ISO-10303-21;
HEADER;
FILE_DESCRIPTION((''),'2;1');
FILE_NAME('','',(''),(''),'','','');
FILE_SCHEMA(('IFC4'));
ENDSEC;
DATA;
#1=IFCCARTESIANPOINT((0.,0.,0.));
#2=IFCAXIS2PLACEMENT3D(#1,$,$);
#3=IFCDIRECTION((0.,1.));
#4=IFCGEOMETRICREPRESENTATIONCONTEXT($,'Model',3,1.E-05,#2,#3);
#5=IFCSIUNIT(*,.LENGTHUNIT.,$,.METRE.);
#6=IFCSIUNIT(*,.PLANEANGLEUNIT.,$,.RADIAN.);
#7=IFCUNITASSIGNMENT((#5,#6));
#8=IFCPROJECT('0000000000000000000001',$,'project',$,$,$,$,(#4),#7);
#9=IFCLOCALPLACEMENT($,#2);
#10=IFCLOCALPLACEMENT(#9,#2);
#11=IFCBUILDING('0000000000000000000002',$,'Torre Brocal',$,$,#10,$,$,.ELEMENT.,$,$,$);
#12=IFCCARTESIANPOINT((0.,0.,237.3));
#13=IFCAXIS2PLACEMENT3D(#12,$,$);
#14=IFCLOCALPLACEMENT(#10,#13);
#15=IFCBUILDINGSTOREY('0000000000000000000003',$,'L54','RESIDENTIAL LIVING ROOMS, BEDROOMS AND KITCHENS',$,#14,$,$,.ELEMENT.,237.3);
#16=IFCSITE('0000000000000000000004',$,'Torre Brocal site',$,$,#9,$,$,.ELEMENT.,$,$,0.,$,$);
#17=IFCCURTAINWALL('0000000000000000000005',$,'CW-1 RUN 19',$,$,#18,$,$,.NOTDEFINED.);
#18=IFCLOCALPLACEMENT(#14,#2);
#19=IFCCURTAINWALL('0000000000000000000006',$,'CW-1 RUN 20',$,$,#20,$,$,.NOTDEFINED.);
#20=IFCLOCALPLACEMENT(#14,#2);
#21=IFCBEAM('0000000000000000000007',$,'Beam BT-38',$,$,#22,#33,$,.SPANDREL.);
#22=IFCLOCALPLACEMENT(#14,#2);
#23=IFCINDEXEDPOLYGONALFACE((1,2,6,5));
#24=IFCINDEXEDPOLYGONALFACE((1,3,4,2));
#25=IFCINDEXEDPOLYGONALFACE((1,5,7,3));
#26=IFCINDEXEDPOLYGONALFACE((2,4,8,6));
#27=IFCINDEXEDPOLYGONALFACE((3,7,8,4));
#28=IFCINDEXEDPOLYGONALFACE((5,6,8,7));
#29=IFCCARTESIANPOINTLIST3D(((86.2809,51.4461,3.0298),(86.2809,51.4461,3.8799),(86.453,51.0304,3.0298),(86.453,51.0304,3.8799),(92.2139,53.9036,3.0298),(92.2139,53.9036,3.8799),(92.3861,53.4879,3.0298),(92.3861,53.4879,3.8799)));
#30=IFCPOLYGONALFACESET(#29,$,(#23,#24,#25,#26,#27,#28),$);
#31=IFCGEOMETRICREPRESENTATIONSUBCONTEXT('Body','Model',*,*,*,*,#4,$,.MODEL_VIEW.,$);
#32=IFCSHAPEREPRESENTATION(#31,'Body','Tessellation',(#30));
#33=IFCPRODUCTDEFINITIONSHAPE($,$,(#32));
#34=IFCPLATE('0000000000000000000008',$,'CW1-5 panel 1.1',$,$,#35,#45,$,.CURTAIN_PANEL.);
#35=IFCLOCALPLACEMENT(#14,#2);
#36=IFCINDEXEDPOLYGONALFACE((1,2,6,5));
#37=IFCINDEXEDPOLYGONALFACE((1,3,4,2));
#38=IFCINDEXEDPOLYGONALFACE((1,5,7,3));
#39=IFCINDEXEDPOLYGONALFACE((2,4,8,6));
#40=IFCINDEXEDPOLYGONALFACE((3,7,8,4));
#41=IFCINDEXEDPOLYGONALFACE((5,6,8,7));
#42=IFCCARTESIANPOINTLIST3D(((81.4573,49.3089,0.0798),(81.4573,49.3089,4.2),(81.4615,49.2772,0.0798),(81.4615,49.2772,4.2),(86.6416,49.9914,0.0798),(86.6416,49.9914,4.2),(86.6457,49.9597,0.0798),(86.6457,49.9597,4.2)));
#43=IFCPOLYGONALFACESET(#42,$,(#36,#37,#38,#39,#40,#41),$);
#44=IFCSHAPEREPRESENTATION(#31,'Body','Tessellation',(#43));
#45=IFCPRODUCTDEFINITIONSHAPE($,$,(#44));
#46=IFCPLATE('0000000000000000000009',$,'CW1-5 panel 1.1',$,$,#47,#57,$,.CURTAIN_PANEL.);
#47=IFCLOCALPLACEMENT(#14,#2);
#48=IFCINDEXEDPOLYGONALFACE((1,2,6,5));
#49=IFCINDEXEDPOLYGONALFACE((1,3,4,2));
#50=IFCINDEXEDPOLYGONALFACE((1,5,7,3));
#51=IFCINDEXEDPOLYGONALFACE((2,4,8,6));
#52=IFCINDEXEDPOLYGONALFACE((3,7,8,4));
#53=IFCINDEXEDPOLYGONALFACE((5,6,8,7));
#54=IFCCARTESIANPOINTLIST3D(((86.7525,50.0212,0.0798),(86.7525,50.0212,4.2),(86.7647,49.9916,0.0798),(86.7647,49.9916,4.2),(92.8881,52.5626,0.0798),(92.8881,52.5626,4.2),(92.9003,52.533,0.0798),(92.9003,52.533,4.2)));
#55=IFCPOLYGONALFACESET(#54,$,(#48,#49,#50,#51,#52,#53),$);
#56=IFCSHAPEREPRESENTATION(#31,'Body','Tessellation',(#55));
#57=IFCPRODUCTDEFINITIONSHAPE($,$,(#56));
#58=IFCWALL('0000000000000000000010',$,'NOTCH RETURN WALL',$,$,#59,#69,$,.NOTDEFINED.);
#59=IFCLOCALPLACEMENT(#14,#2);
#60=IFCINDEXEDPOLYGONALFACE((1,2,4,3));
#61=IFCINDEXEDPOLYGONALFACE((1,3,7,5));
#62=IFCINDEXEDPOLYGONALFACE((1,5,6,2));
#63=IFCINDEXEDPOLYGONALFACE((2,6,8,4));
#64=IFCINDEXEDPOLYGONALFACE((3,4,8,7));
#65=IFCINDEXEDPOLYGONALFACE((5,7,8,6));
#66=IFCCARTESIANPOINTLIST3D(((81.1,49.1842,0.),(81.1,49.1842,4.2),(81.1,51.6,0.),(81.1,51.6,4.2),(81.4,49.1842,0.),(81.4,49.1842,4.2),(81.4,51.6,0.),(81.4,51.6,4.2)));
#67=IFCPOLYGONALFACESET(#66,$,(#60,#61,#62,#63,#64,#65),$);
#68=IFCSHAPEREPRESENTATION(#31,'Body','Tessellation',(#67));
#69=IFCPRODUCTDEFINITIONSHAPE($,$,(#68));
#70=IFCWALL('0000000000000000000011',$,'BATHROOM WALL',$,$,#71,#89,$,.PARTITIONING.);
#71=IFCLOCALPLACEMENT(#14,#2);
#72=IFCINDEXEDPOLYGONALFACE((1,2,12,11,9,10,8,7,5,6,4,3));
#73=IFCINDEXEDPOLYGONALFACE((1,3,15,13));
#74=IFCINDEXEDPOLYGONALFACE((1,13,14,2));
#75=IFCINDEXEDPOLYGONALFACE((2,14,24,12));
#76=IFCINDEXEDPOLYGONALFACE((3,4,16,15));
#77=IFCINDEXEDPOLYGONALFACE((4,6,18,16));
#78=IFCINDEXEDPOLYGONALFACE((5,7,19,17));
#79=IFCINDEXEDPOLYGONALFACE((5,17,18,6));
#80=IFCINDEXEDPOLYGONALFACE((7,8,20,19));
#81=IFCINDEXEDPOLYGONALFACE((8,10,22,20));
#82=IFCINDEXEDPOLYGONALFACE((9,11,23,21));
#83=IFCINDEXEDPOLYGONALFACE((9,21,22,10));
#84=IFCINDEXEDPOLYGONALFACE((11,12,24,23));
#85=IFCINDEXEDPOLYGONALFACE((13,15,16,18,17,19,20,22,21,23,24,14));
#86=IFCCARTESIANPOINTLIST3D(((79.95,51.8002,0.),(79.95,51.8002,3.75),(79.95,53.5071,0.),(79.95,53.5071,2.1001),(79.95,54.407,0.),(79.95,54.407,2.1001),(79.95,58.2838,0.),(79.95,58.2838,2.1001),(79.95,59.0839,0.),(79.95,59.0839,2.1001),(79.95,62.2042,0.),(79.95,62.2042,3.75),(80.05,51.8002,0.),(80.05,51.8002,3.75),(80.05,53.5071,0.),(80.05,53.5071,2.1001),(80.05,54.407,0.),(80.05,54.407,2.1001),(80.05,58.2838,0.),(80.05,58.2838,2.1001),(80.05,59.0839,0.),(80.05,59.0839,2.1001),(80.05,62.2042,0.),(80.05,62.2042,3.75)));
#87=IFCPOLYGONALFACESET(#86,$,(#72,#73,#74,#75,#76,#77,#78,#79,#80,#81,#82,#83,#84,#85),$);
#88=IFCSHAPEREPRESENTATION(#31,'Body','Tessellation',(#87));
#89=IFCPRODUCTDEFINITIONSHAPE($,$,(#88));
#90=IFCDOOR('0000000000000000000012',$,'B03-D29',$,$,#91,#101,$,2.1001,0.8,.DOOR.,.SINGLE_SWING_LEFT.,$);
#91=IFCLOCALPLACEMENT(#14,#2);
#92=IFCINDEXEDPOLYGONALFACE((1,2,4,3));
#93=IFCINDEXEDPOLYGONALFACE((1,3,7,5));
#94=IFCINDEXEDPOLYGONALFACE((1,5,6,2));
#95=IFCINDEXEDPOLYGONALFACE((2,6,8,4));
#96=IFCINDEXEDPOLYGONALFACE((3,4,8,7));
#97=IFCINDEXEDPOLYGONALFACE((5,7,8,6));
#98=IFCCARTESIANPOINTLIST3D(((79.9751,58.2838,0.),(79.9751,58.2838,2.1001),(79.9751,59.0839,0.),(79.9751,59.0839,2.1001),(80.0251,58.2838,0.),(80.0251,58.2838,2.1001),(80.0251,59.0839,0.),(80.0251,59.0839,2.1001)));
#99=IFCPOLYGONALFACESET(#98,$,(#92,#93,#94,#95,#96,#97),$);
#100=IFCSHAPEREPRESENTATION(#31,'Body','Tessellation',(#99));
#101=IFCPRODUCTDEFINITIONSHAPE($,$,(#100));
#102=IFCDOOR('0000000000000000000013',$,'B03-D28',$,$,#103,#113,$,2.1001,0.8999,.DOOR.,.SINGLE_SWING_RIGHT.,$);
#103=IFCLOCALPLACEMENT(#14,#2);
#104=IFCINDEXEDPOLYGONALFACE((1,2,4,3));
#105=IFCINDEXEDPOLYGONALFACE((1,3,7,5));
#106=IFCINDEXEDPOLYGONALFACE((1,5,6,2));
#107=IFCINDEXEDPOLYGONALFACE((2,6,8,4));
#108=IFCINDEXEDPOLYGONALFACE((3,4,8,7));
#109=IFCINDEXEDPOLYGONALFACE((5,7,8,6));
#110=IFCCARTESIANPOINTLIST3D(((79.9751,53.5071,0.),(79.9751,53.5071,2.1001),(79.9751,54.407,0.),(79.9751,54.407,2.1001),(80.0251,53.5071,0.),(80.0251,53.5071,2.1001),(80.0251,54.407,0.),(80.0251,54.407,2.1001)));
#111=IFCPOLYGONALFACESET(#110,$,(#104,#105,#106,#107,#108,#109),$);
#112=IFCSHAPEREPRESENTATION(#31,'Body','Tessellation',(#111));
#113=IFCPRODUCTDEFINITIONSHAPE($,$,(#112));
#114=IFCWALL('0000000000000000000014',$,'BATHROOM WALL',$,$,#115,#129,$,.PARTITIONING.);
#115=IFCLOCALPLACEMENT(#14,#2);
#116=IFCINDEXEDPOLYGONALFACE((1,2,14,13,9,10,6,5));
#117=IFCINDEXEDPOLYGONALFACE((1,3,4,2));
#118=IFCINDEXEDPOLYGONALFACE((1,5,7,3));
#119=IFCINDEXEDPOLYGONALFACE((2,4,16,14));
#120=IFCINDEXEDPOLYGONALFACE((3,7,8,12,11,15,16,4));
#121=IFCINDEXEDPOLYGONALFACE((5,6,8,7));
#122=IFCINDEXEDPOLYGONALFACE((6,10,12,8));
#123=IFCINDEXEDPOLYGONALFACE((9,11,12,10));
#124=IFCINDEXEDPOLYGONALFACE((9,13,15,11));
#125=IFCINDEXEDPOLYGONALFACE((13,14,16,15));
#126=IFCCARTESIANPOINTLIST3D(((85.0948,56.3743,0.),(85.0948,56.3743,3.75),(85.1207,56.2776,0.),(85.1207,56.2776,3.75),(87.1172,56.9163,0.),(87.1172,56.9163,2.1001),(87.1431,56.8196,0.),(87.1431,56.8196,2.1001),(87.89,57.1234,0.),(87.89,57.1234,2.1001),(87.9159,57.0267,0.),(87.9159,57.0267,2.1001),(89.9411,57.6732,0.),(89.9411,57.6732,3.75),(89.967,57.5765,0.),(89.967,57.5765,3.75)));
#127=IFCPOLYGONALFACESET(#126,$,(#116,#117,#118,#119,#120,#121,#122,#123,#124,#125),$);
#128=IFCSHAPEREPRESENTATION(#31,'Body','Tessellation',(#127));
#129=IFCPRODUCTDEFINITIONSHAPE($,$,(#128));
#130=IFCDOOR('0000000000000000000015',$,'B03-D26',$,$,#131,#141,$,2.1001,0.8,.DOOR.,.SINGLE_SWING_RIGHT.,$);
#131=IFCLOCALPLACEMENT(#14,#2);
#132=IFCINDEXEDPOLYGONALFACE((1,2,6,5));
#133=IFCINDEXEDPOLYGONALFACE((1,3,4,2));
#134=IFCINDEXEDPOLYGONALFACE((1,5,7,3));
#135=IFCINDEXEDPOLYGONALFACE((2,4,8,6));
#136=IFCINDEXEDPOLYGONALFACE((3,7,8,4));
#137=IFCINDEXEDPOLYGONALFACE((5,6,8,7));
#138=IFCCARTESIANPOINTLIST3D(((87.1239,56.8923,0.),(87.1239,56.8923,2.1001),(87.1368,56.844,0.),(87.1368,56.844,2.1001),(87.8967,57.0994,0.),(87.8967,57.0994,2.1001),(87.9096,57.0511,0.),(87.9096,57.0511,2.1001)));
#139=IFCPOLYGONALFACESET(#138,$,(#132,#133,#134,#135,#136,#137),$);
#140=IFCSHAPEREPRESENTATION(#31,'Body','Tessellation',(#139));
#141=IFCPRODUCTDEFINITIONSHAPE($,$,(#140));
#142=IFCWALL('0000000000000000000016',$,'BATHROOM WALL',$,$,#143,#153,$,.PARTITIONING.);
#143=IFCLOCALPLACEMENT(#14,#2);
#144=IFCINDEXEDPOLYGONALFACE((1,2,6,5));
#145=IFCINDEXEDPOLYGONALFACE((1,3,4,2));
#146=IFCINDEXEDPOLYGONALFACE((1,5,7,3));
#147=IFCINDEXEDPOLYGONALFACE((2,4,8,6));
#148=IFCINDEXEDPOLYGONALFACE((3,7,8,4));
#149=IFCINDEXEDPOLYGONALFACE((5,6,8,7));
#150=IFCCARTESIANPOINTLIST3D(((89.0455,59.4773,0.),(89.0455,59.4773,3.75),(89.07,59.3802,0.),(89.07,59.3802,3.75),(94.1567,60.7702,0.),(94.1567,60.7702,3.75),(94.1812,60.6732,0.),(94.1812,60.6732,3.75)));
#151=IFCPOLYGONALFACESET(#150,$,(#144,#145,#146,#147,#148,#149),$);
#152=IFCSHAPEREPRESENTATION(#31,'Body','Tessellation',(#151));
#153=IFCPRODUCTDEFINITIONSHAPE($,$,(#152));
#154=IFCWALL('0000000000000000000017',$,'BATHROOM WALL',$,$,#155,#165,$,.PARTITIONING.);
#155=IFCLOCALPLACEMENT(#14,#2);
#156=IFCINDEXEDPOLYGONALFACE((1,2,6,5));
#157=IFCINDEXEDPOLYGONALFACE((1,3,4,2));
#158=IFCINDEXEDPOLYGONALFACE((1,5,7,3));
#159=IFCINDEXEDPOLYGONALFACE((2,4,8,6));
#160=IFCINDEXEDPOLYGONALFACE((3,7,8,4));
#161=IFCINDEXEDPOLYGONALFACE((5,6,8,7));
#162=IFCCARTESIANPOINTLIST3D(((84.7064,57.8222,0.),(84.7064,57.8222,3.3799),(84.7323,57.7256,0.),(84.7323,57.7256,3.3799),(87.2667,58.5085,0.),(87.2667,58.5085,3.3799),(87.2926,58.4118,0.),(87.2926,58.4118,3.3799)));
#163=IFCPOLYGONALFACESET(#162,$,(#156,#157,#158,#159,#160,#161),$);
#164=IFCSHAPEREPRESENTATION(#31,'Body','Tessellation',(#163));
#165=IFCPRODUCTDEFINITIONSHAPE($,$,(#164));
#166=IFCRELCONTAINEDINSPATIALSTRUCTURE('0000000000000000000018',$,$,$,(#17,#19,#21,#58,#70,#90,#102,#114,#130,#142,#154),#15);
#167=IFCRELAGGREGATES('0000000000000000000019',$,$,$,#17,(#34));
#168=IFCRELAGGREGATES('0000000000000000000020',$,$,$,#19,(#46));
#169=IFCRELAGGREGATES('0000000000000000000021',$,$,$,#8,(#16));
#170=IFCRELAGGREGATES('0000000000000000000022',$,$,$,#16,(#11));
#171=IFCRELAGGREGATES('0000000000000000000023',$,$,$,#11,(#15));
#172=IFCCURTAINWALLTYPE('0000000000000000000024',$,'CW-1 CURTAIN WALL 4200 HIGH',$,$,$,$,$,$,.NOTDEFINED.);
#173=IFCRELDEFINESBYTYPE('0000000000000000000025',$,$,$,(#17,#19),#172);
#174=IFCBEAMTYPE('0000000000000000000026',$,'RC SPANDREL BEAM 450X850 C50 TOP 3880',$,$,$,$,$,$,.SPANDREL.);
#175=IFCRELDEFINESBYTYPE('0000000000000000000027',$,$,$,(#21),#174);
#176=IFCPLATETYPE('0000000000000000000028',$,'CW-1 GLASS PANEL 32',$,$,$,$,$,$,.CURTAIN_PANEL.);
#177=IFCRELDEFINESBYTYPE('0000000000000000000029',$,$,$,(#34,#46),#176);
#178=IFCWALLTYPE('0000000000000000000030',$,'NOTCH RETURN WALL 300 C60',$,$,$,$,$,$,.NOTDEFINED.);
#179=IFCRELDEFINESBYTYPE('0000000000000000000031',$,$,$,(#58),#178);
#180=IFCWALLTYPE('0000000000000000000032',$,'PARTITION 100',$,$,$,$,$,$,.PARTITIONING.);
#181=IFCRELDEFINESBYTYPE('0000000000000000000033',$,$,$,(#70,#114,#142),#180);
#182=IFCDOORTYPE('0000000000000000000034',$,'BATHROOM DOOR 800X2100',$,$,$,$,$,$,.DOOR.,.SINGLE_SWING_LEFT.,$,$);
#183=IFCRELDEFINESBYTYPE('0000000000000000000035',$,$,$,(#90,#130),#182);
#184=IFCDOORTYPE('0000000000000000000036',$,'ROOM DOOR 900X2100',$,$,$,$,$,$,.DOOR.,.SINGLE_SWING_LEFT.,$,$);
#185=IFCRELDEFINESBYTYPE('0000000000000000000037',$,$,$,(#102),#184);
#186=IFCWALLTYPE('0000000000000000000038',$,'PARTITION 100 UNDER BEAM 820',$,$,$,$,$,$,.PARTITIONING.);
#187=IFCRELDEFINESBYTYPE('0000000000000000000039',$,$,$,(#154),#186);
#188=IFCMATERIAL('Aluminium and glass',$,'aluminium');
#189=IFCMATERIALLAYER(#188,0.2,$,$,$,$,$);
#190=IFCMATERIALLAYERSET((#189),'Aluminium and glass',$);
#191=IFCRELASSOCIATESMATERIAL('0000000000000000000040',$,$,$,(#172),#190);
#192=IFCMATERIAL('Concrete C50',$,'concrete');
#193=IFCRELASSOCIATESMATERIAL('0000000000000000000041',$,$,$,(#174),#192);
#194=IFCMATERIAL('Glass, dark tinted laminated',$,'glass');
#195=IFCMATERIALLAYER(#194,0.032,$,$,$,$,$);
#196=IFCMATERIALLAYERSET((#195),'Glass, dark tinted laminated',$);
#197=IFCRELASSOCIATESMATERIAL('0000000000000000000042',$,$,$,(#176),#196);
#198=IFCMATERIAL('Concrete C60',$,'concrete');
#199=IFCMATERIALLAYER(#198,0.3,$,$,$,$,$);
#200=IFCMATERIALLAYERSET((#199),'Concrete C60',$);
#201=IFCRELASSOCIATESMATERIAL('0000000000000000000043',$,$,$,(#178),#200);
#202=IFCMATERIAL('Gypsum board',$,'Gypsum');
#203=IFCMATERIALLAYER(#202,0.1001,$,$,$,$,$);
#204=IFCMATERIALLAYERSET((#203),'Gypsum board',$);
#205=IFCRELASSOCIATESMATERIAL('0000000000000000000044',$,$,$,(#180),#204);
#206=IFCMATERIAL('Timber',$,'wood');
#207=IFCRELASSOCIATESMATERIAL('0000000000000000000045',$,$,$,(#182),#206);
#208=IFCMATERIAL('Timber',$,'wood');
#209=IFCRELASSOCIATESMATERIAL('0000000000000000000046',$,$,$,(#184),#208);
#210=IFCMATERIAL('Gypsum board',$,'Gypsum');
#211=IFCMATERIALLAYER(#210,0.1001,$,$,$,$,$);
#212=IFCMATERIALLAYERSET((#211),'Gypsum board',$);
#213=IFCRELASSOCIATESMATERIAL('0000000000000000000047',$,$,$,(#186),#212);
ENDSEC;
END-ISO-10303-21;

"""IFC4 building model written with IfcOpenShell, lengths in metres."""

from ifc_helpers import new_model, si_unit, direction, frame, frame_2d, origin, origin_2d, place, context, subcontext, project, spatial, rectangle, extrude, material, layer, layer_set, material_profile, profile_set, type_object, element, fill, aggregate, save


model = new_model("IFC4")

# Units and contexts
model_context = context("Model", 3, precision=1e-05, world=origin(), true_north=direction((0.0, 1.0)))
body_context = subcontext(model_context, "Body", "Model", "MODEL_VIEW")
ifc_project = project(units=[si_unit("LENGTHUNIT", "METRE"), si_unit("PLANEANGLEUNIT", "RADIAN")], contexts=[model_context])

# Site, building, storey
site_placement = place(None, origin())
site = spatial("IfcSite", under=ifc_project, at=site_placement, Name="Torre Brocal site", CompositionType="ELEMENT", RefElevation=0.0)
building_placement = place(site_placement, origin())
building = spatial("IfcBuilding", under=site, at=building_placement, Name="Torre Brocal", CompositionType="ELEMENT")
storey_placement = place(building_placement, frame((0.0, 0.0, 237.3)))
storey = spatial("IfcBuildingStorey", under=building, at=storey_placement, Name="L54", Description="RESIDENTIAL LIVING ROOMS, BEDROOMS AND KITCHENS", CompositionType="ELEMENT", Elevation=237.3)

# Curtain wall
ifc_material_1 = material(Name="Aluminium and glass", Category="aluminium")
ifc_layer_1 = layer(ifc_material_1, 0.2)
ifc_layer_set_1 = layer_set([ifc_layer_1], Name="Aluminium and glass")
curtain_wall_type = type_object("IfcCurtainWallType", Name="CW-1 CURTAIN WALL 4200 HIGH", PredefinedType="NOTDEFINED", material=ifc_layer_set_1)
curtain_wall_1_placement = place(storey_placement, origin())
curtain_wall_1 = element("IfcCurtainWall", 1, at=curtain_wall_1_placement, inside=storey, type_object=curtain_wall_type, Name="CW-1 RUN 19", PredefinedType="NOTDEFINED")

# Curtain wall
curtain_wall_2_placement = place(storey_placement, origin())
curtain_wall_2 = element("IfcCurtainWall", 2, at=curtain_wall_2_placement, inside=storey, type_object=curtain_wall_type, Name="CW-1 RUN 20", PredefinedType="NOTDEFINED")

# Beam
ifc_material_2 = material(Name="Concrete C50", Category="concrete")
ifc_material_profile_1 = material_profile(ifc_material_2, rectangle(XDim=0.45, YDim=0.8501, at=origin_2d()), Name="RC 450X850")
ifc_profile_set_1 = profile_set([ifc_material_profile_1], Name="Concrete C50")
beam_type_1 = type_object("IfcBeamType", Name="RC SPANDREL BEAM 450X850 C50 TOP 3880", PredefinedType="SPANDREL", material=ifc_profile_set_1)
beam_1_placement = place(storey_placement, frame((86.3669, 51.2383, 3.4548), z_axis=(0.923882, 0.382676, 0.0), x_axis=(-0.382676, 0.923882, 0.0)))
element("IfcBeam", 3, at=beam_1_placement, inside=storey, type_object=beam_type_1, Name="Beam BT-38", PredefinedType="SPANDREL", context=body_context, shape_type="SweptSolid", body=[
    extrude(rectangle(XDim=0.45, YDim=0.8501, at=origin_2d()), origin(), (0.0, 0.0, 1.0), 6.4219),
])

# Plates
ifc_material_3 = material(Name="Glass, dark tinted laminated", Category="glass")
ifc_layer_2 = layer(ifc_material_3, 0.032)
ifc_layer_set_2 = layer_set([ifc_layer_2], Name="Glass, dark tinted laminated")
plate_type = type_object("IfcPlateType", Name="CW-1 GLASS PANEL 32", PredefinedType="CURTAIN_PANEL", material=ifc_layer_set_2)
plate_1_placement = place(storey_placement, frame((84.0515, 49.6343, 0.0798), z_axis=(0.0, 0.0, 1.0), x_axis=(0.991445, 0.130526, 0.0)))
plate_1 = element("IfcPlate", 4, at=plate_1_placement, type_object=plate_type, Name="CW1-5 panel 1.1", PredefinedType="CURTAIN_PANEL", context=body_context, shape_type="SweptSolid", body=[
    extrude(rectangle(XDim=5.229, YDim=0.032, at=origin_2d()), origin(), (0.0, 0.0, 1.0), 4.1201),
])
aggregate(curtain_wall_1, [plate_1])
plate_2_placement = place(storey_placement, frame((89.8264, 51.2771, 0.0798), z_axis=(0.0, 0.0, 1.0), x_axis=(0.92388, 0.382683, 0.0)))
plate_2 = element("IfcPlate", 5, at=plate_2_placement, type_object=plate_type, Name="CW1-5 panel 1.1", PredefinedType="CURTAIN_PANEL", context=body_context, shape_type="SweptSolid", body=[
    extrude(rectangle(XDim=6.6411, YDim=0.032, at=origin_2d()), origin(), (0.0, 0.0, 1.0), 4.1201),
])
aggregate(curtain_wall_2, [plate_2])

# Wall
ifc_material_4 = material(Name="Concrete C60", Category="concrete")
ifc_layer_3 = layer(ifc_material_4, 0.3)
ifc_layer_set_3 = layer_set([ifc_layer_3], Name="Concrete C60")
wall_type_1 = type_object("IfcWallType", Name="NOTCH RETURN WALL 300 C60", PredefinedType="NOTDEFINED", material=ifc_layer_set_3)
wall_1_placement = place(storey_placement, frame((81.25, 51.6001, 0.0), z_axis=(0.0, 0.0, 1.0), x_axis=(0.0, -1.0, 0.0)))
element("IfcWall", 6, at=wall_1_placement, inside=storey, type_object=wall_type_1, Name="NOTCH RETURN WALL", PredefinedType="NOTDEFINED", context=body_context, shape_type="SweptSolid", body=[
    extrude(rectangle(XDim=2.4158, YDim=0.3, at=frame_2d((1.208, 0.0))), origin(), (0.0, 0.0, 1.0), 4.2),
])

# Wall, openings, doors
ifc_material_5 = material(Name="Gypsum board", Category="Gypsum")
ifc_layer_4 = layer(ifc_material_5, 0.1001)
ifc_layer_set_4 = layer_set([ifc_layer_4], Name="Gypsum board")
wall_type_2 = type_object("IfcWallType", Name="PARTITION 100", PredefinedType="PARTITIONING", material=ifc_layer_set_4)
wall_2_placement = place(storey_placement, frame((80.0, 51.8, 0.0), z_axis=(0.0, 0.0, 1.0), x_axis=(0.0, 1.0, 0.0)))
wall_2 = element("IfcWall", 7, at=wall_2_placement, inside=storey, type_object=wall_type_2, Name="BATHROOM WALL", PredefinedType="PARTITIONING", context=body_context, shape_type="SweptSolid", body=[
    extrude(rectangle(XDim=10.4041, YDim=0.1001, at=frame_2d((5.2021, 0.0))), origin(), (0.0, 0.0, 1.0), 3.75),
])
opening_1_placement = place(wall_2_placement, frame((1.707, 0.0, 0.0)))
opening_1 = element("IfcOpeningElement", 8, at=opening_1_placement, cuts=wall_2, PredefinedType="OPENING", context=body_context, shape_type="SweptSolid", body=[
    extrude(rectangle(XDim=0.8999, YDim=2.1001, at=frame_2d((0.45, 1.05))), frame((0.0, 0.0601, 0.0), z_axis=(0.0, -1.0, 0.0), x_axis=(1.0, 0.0, 0.0)), (0.0, 0.0, 1.0), 0.1201),
])
opening_2_placement = place(wall_2_placement, frame((6.4839, 0.0, 0.0)))
opening_2 = element("IfcOpeningElement", 9, at=opening_2_placement, cuts=wall_2, PredefinedType="OPENING", context=body_context, shape_type="SweptSolid", body=[
    extrude(rectangle(XDim=0.8, YDim=2.1001, at=frame_2d((0.3999, 1.05))), frame((0.0, 0.0601, 0.0), z_axis=(0.0, -1.0, 0.0), x_axis=(1.0, 0.0, 0.0)), (0.0, 0.0, 1.0), 0.1201),
])
ifc_material_6 = material(Name="Timber", Category="wood")
door_type_1 = type_object("IfcDoorType", Name="BATHROOM DOOR 800X2100", OperationType="SINGLE_SWING_LEFT", PredefinedType="DOOR", material=ifc_material_6)
door_1_placement = place(opening_2_placement, origin())
door_1 = element("IfcDoor", 10, at=door_1_placement, inside=storey, type_object=door_type_1, Name="B03-D29", OperationType="SINGLE_SWING_LEFT", OverallHeight=2.1001, OverallWidth=0.8, PredefinedType="DOOR", context=body_context, shape_type="SweptSolid", body=[
    extrude(rectangle(XDim=0.8, YDim=2.1001, at=frame_2d((0.3999, 1.05))), frame((0.0, 0.0249, 0.0), z_axis=(0.0, -1.0, 0.0), x_axis=(1.0, 0.0, 0.0)), (0.0, 0.0, 1.0), 0.05),
])
fill(opening_2, door_1)
ifc_material_7 = material(Name="Timber", Category="wood")
door_type_2 = type_object("IfcDoorType", Name="ROOM DOOR 900X2100", OperationType="SINGLE_SWING_LEFT", PredefinedType="DOOR", material=ifc_material_7)
door_2_placement = place(opening_1_placement, origin())
door_2 = element("IfcDoor", 11, at=door_2_placement, inside=storey, type_object=door_type_2, Name="B03-D28", OperationType="SINGLE_SWING_RIGHT", OverallHeight=2.1001, OverallWidth=0.8999, PredefinedType="DOOR", context=body_context, shape_type="SweptSolid", body=[
    extrude(rectangle(XDim=0.8999, YDim=2.1001, at=frame_2d((0.45, 1.05))), frame((0.0, 0.0249, 0.0), z_axis=(0.0, -1.0, 0.0), x_axis=(1.0, 0.0, 0.0)), (0.0, 0.0, 1.0), 0.05),
])
fill(opening_1, door_2)

# Wall, opening, door
wall_3_placement = place(storey_placement, frame((85.1077, 56.3259, 0.0), z_axis=(0.0, 0.0, 1.0), x_axis=(0.965911, 0.258874, 0.0)))
wall_3 = element("IfcWall", 12, at=wall_3_placement, inside=storey, type_object=wall_type_2, Name="BATHROOM WALL", PredefinedType="PARTITIONING", context=body_context, shape_type="SweptSolid", body=[
    extrude(rectangle(XDim=5.0173, YDim=0.1001, at=frame_2d((2.5088, 0.0))), origin(), (0.0, 0.0, 1.0), 3.75),
])
opening_3_placement = place(wall_3_placement, frame((2.094, 0.0, 0.0)))
opening_3 = element("IfcOpeningElement", 13, at=opening_3_placement, cuts=wall_3, PredefinedType="OPENING", context=body_context, shape_type="SweptSolid", body=[
    extrude(rectangle(XDim=0.8, YDim=2.1001, at=frame_2d((0.3999, 1.05))), frame((0.0, 0.0601, 0.0), z_axis=(0.0, -1.0, 0.0), x_axis=(1.0, 0.0, 0.0)), (0.0, 0.0, 1.0), 0.1201),
])
door_3_placement = place(opening_3_placement, frame((0.8, 0.0, 0.0), z_axis=(0.0, 0.0, 1.0), x_axis=(-1.0, 0.0, 0.0)))
door_3 = element("IfcDoor", 14, at=door_3_placement, inside=storey, type_object=door_type_1, Name="B03-D26", OperationType="SINGLE_SWING_RIGHT", OverallHeight=2.1001, OverallWidth=0.8, PredefinedType="DOOR", context=body_context, shape_type="SweptSolid", body=[
    extrude(rectangle(XDim=0.8, YDim=2.1001, at=frame_2d((0.3999, 1.05))), frame((0.0, 0.0249, 0.0), z_axis=(0.0, -1.0, 0.0), x_axis=(1.0, 0.0, 0.0)), (0.0, 0.0, 1.0), 0.05),
])
fill(opening_3, door_3)

# Walls
wall_4_placement = place(storey_placement, frame((89.0576, 59.4287, 0.0), z_axis=(0.0, 0.0, 1.0), x_axis=(0.969463, 0.245237, 0.0)))
element("IfcWall", 15, at=wall_4_placement, inside=storey, type_object=wall_type_2, Name="BATHROOM WALL", PredefinedType="PARTITIONING", context=body_context, shape_type="SweptSolid", body=[
    extrude(rectangle(XDim=5.2722, YDim=0.1001, at=frame_2d((2.6362, 0.0))), origin(), (0.0, 0.0, 1.0), 3.75),
])
ifc_material_8 = material(Name="Gypsum board", Category="Gypsum")
ifc_layer_5 = layer(ifc_material_8, 0.1001)
ifc_layer_set_5 = layer_set([ifc_layer_5], Name="Gypsum board")
wall_type_3 = type_object("IfcWallType", Name="PARTITION 100 UNDER BEAM 820", PredefinedType="PARTITIONING", material=ifc_layer_set_5)
wall_5_placement = place(storey_placement, frame((84.7195, 57.7739, 0.0), z_axis=(0.0, 0.0, 1.0), x_axis=(0.965902, 0.258906, 0.0)))
element("IfcWall", 16, at=wall_5_placement, inside=storey, type_object=wall_type_3, Name="BATHROOM WALL", PredefinedType="PARTITIONING", context=body_context, shape_type="SweptSolid", body=[
    extrude(rectangle(XDim=2.6506, YDim=0.1001, at=frame_2d((1.3252, 0.0))), origin(), (0.0, 0.0, 1.0), 3.3799),
])

save(model, "model.ifc")
